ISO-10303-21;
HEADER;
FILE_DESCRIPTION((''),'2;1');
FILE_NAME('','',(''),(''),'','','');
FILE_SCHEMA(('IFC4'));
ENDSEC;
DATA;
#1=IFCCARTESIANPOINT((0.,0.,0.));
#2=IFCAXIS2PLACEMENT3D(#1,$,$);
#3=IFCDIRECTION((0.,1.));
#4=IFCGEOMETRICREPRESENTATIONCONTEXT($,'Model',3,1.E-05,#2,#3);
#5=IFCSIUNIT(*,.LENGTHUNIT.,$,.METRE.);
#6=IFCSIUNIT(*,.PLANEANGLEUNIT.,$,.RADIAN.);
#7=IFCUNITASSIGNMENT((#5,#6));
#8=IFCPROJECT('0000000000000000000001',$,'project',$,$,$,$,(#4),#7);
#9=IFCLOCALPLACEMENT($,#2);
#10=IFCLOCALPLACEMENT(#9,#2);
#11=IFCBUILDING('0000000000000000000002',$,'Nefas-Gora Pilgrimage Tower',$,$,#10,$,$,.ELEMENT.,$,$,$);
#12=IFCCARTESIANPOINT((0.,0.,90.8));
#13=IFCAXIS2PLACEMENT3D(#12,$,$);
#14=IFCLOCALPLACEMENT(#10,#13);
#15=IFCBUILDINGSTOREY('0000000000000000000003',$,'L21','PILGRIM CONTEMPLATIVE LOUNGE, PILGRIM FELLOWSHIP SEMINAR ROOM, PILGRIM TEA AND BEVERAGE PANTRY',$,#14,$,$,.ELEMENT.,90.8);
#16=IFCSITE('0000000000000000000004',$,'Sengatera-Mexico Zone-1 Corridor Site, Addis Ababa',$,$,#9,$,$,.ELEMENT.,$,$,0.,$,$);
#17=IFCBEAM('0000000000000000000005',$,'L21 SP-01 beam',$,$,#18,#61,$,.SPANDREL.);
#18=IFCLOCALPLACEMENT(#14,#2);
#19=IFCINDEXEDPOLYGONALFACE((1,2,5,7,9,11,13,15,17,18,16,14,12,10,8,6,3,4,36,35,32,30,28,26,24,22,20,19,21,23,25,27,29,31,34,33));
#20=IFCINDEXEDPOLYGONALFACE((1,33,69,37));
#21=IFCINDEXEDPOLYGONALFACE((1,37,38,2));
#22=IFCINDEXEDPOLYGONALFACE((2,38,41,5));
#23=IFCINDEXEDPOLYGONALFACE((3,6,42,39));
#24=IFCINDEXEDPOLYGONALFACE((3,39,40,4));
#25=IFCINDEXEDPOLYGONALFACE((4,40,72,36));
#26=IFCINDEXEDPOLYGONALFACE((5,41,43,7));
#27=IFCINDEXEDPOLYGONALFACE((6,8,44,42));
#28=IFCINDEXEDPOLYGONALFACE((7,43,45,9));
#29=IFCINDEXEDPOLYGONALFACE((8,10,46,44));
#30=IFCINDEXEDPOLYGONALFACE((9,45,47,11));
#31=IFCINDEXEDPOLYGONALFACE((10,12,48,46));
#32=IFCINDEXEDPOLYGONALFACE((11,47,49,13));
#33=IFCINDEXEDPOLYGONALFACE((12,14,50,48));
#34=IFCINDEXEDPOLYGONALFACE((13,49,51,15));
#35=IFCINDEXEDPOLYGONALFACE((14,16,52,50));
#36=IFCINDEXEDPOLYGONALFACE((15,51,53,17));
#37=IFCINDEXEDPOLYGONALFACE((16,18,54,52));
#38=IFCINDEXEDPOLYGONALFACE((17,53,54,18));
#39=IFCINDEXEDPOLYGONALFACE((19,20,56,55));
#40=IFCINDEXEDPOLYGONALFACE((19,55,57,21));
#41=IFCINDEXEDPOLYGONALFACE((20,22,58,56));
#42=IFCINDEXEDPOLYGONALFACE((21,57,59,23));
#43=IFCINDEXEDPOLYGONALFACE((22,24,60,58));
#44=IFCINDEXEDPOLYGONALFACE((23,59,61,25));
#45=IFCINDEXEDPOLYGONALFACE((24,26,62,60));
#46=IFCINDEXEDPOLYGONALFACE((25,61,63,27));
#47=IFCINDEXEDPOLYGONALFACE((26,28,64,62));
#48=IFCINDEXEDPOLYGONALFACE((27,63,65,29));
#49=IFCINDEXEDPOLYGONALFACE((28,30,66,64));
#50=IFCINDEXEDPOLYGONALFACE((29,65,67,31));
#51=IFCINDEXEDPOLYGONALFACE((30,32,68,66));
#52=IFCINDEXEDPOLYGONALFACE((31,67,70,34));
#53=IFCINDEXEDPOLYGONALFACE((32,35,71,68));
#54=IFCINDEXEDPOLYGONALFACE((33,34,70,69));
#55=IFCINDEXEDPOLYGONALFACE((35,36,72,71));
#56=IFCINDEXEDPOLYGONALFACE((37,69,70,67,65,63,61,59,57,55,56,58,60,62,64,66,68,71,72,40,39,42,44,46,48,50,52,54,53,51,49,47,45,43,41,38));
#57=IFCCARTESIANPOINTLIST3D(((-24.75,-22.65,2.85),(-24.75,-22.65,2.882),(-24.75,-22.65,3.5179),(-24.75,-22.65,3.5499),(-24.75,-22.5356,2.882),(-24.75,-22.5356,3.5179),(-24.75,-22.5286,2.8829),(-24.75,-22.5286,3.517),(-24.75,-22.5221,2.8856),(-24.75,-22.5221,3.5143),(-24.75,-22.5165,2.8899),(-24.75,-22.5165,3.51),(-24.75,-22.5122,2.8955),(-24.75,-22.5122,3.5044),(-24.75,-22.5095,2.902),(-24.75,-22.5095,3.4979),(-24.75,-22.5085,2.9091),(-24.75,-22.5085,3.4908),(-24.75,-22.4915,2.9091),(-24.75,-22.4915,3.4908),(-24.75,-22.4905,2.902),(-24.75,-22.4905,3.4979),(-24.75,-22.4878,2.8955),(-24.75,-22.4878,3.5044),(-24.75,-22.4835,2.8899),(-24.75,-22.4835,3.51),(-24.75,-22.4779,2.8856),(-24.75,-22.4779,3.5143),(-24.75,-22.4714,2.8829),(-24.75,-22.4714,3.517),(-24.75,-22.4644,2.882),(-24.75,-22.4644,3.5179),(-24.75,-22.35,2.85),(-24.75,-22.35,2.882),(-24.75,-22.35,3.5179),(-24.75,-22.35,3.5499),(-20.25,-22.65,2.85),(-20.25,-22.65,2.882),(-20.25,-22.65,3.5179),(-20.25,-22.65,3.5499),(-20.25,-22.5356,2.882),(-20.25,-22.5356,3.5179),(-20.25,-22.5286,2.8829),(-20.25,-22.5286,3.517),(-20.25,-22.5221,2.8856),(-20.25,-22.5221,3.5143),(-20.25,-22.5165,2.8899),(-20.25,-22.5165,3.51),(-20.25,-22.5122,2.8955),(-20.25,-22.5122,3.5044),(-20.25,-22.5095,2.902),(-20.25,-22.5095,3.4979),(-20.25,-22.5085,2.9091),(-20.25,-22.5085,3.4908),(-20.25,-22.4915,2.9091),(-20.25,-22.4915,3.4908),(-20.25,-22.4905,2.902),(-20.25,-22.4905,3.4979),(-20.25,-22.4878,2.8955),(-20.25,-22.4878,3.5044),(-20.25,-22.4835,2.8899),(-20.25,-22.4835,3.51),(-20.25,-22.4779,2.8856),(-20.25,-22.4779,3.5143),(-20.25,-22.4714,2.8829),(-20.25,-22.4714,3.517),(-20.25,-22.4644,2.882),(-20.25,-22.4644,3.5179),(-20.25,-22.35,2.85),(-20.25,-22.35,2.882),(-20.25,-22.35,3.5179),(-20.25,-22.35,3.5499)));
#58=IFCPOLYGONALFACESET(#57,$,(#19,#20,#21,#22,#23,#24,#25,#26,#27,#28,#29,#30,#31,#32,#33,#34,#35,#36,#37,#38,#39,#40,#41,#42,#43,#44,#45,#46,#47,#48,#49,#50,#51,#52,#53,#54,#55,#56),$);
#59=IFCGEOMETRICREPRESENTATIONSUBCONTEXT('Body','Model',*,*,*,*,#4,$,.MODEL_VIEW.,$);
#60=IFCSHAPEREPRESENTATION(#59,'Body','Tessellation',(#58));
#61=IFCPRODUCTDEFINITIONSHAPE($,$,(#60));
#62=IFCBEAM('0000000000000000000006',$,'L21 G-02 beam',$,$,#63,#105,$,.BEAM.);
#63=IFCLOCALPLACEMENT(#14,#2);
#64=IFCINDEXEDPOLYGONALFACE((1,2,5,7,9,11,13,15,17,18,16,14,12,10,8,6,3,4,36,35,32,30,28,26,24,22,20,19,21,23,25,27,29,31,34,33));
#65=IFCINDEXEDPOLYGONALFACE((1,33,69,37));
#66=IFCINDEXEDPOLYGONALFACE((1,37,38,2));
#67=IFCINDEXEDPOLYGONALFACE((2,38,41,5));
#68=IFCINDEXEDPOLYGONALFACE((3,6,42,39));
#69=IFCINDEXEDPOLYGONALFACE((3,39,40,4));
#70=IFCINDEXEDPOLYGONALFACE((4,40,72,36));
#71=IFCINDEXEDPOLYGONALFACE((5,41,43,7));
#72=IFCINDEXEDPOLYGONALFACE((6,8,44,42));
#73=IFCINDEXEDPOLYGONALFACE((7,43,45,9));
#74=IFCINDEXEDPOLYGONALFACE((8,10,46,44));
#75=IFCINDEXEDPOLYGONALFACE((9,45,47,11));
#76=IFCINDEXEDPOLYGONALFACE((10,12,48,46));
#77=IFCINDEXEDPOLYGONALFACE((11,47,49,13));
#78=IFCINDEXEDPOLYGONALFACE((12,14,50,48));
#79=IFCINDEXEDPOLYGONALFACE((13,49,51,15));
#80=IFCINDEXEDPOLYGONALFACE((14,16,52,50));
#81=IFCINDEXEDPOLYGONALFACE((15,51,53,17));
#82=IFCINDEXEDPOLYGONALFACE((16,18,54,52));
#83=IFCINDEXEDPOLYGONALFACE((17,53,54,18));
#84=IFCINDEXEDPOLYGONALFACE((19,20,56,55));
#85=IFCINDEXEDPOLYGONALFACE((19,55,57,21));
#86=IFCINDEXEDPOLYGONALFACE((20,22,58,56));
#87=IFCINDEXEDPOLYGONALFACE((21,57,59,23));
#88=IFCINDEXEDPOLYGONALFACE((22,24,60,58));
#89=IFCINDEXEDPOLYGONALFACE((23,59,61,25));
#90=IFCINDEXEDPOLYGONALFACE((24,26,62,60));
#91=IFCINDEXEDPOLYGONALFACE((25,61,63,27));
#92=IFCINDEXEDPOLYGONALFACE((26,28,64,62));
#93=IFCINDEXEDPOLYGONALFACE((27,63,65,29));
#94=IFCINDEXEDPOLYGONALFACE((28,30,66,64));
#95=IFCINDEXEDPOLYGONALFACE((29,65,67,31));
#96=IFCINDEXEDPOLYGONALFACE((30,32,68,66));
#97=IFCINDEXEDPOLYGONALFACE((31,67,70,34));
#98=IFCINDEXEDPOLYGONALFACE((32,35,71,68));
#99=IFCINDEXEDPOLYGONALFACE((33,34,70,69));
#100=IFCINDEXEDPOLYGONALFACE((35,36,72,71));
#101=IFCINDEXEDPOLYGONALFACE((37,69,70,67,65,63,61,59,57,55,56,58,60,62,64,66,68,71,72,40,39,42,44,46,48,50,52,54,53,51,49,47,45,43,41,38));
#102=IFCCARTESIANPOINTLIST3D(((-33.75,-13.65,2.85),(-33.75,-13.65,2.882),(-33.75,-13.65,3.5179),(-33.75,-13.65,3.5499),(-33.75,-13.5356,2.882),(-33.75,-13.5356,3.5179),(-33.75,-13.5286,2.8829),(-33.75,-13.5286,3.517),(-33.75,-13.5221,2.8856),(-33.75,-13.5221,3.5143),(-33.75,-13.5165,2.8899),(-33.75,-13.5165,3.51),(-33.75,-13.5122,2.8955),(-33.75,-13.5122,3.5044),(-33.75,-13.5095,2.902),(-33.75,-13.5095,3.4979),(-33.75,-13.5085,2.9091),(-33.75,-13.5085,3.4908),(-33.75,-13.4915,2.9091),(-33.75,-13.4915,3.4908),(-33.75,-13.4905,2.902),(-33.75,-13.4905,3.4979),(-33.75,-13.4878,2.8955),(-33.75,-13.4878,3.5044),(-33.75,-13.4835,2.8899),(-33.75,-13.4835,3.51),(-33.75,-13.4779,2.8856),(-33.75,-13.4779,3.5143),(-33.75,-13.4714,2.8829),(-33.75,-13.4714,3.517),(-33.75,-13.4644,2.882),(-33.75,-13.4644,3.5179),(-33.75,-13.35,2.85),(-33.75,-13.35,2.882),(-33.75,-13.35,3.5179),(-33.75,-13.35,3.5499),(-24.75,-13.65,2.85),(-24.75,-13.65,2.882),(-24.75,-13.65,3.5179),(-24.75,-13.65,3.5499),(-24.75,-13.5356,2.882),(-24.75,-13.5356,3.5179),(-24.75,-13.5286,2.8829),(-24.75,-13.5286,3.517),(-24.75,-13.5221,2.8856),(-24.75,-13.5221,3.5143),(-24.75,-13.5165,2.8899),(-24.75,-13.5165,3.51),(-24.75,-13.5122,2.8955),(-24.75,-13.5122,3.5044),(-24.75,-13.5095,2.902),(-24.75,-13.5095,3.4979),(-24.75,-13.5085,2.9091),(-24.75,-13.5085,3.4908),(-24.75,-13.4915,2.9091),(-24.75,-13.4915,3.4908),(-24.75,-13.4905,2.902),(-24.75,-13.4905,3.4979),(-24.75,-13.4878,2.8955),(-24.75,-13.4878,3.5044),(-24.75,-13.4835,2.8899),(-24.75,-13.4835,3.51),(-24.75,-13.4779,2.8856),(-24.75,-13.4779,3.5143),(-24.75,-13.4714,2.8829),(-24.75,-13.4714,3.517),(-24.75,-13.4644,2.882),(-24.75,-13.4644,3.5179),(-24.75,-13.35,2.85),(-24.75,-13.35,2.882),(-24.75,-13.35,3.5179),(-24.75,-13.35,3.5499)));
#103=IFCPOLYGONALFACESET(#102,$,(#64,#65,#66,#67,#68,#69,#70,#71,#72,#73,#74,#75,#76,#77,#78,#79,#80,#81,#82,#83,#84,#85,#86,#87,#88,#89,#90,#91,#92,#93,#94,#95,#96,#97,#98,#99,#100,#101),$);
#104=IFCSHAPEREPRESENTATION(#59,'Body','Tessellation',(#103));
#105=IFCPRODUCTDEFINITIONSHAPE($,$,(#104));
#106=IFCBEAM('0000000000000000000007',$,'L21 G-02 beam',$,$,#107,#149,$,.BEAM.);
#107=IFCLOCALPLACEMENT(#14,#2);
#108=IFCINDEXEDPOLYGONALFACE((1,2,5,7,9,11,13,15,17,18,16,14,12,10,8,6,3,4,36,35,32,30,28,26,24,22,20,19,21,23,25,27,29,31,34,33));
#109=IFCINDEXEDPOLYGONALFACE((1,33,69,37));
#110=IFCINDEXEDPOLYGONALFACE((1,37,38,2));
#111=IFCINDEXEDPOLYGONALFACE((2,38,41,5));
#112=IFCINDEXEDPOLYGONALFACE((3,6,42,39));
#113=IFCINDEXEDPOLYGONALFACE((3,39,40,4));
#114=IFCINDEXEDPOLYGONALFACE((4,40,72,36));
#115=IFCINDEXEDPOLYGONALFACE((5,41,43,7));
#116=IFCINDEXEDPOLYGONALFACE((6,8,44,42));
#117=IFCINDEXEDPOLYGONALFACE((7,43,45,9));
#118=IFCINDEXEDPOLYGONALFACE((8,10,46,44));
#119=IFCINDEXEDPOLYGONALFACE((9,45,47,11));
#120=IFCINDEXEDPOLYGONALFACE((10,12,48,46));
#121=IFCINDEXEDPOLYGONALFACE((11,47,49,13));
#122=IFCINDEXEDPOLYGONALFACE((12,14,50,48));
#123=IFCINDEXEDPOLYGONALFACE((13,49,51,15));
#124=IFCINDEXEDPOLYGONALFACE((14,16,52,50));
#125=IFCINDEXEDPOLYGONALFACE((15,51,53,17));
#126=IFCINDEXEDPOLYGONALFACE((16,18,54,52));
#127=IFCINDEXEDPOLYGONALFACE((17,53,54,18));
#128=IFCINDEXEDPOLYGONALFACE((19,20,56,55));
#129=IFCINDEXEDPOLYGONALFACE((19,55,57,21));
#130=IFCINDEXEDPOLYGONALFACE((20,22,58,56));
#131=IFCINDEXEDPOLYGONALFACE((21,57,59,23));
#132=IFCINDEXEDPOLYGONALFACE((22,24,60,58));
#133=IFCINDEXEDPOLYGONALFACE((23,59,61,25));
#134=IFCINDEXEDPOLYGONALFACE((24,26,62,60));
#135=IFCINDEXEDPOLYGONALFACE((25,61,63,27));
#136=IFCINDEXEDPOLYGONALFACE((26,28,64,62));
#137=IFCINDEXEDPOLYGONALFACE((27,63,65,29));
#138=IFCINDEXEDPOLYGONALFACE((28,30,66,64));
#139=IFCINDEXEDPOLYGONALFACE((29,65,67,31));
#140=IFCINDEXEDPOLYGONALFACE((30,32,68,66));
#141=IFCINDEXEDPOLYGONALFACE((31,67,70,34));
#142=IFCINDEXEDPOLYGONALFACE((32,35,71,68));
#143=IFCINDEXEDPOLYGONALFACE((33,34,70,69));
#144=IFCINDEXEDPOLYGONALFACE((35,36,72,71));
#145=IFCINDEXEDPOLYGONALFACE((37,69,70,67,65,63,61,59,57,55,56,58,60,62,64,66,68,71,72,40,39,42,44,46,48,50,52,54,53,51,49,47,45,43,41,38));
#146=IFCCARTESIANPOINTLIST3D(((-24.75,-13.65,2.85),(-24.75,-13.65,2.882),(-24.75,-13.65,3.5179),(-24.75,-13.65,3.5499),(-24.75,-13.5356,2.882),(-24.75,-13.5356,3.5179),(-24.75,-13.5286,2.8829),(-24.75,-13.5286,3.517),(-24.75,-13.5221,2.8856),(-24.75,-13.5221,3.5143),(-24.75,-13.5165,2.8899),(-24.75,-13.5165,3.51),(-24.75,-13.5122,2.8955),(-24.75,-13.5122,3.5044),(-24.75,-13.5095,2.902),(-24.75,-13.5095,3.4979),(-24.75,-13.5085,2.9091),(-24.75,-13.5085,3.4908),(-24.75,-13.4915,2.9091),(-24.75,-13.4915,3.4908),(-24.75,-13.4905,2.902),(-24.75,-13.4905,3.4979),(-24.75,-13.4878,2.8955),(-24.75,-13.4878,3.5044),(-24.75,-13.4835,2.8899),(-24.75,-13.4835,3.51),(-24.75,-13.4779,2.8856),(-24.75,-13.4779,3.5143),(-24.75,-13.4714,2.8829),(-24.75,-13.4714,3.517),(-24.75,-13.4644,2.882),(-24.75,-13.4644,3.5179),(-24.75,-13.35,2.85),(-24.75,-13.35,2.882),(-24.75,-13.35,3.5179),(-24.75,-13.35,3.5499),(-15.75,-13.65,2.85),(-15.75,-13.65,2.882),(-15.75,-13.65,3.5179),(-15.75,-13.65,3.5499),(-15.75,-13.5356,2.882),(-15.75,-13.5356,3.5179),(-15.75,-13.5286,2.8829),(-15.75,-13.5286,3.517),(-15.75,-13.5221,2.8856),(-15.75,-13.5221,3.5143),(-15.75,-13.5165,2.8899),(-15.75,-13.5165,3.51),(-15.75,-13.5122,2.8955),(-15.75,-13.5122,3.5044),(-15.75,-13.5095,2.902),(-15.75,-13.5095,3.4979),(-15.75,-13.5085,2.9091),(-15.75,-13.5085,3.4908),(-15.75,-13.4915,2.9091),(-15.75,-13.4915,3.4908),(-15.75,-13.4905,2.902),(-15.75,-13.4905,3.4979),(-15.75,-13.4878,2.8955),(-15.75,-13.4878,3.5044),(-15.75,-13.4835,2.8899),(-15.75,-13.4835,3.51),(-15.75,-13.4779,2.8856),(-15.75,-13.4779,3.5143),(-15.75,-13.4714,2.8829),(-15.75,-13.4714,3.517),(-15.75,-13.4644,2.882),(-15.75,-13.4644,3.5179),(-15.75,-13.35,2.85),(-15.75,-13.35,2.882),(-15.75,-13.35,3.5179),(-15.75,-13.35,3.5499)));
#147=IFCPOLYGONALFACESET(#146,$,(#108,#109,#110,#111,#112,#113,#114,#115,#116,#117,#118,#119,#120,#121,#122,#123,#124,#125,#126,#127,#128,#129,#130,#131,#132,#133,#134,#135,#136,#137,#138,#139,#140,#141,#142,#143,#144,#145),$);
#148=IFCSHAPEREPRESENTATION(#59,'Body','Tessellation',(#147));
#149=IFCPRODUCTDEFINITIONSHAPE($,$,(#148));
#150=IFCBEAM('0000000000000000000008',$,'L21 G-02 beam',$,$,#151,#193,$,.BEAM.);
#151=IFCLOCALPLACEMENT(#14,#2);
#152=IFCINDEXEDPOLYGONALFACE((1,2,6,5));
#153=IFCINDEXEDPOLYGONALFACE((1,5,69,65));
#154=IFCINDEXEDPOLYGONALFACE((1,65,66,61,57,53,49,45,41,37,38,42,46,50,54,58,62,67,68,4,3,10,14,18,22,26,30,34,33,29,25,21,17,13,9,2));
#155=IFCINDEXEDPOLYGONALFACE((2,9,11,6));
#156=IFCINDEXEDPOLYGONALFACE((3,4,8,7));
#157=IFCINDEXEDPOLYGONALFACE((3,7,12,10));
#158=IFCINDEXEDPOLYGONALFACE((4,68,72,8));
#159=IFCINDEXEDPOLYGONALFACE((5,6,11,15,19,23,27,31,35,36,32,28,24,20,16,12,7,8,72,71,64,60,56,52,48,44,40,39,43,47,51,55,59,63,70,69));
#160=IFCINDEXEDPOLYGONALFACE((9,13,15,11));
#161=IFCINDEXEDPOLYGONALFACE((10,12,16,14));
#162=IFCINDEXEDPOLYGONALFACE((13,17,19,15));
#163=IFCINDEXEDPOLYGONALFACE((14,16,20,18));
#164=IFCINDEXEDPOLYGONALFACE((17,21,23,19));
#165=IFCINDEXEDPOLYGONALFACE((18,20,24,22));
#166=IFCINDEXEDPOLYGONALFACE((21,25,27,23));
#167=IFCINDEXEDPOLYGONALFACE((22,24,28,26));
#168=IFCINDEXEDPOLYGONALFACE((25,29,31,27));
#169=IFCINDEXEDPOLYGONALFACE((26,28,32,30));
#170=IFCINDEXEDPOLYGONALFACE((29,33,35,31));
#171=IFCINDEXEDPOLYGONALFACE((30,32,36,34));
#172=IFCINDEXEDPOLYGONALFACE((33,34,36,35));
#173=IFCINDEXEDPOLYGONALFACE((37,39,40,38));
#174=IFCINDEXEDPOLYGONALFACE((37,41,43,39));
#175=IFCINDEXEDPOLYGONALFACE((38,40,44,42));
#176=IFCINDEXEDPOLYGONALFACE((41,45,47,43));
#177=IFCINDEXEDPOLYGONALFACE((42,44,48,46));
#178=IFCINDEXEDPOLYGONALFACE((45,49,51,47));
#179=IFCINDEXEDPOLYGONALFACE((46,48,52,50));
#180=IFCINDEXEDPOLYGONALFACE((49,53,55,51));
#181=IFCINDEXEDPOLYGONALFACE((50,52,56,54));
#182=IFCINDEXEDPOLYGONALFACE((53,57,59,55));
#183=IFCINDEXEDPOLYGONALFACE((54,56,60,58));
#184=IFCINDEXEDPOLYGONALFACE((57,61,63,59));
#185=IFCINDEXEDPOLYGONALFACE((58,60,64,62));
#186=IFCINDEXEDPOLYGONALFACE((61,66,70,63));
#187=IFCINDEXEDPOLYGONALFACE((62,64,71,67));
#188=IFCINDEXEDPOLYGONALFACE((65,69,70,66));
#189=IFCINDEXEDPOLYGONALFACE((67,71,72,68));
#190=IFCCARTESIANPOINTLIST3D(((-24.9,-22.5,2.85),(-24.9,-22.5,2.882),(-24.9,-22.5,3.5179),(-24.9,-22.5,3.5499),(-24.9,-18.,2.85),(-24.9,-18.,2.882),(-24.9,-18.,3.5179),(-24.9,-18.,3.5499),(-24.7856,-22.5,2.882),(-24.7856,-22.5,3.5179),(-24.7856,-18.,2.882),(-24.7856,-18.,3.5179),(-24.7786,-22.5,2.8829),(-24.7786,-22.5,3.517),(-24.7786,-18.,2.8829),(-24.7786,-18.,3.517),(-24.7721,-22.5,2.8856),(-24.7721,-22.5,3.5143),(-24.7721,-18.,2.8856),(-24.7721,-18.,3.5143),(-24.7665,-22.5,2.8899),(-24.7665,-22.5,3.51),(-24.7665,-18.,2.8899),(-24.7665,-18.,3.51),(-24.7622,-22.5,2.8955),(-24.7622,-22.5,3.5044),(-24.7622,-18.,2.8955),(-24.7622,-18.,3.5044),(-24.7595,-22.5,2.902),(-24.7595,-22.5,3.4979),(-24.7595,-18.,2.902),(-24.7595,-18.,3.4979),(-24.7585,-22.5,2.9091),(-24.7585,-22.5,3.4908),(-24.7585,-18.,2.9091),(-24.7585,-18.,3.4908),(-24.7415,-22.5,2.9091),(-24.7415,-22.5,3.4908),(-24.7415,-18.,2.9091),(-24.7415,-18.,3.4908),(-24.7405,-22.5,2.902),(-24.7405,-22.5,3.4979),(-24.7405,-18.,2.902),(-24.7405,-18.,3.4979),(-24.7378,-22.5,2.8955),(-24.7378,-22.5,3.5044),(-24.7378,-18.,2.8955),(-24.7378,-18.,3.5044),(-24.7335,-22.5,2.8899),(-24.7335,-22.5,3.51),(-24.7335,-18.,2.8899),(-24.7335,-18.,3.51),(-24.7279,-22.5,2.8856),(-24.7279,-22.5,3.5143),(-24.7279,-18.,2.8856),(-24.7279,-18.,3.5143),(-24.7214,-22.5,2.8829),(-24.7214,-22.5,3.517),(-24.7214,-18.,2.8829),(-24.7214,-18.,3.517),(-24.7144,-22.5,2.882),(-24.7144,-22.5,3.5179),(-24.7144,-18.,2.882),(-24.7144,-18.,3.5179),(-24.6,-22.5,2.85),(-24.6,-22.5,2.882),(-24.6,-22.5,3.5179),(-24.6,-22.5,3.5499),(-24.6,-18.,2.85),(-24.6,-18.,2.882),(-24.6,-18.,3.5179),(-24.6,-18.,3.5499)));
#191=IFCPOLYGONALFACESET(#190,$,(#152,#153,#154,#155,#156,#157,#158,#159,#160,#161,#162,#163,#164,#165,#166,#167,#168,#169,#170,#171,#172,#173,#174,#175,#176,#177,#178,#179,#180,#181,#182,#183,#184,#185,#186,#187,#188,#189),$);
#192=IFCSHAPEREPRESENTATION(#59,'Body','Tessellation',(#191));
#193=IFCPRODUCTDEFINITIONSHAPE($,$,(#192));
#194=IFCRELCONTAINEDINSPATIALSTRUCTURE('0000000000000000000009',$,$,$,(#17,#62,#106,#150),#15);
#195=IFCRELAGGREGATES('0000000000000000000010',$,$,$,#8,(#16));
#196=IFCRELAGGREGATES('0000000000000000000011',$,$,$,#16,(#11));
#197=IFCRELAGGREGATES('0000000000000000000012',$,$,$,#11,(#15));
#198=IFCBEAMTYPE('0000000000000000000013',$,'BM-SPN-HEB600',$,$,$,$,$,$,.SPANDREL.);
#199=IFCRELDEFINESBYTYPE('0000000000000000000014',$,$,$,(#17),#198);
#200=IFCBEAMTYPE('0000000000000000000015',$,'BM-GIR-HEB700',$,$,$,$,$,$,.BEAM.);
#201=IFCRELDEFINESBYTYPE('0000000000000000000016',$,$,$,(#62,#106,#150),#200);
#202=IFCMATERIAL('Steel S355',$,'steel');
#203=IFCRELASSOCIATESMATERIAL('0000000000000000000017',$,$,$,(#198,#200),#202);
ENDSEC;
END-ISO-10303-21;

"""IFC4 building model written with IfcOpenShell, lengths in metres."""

from ifc_helpers import new_model, si_unit, direction, frame, origin, origin_2d, place, context, subcontext, project, spatial, i_section, extrude, source, transform, mapped, material, material_profile, profile_set, type_object, element, save


model = new_model("IFC4")

# Units and contexts
model_context = context("Model", 3, precision=1e-05, world=origin(), true_north=direction((0.0, 1.0)))
body_context = subcontext(model_context, "Body", "Model", "MODEL_VIEW")
ifc_project = project(units=[si_unit("LENGTHUNIT", "METRE"), si_unit("PLANEANGLEUNIT", "RADIAN")], contexts=[model_context])

# Site, building, storey
site_placement = place(None, origin())
site = spatial("IfcSite", under=ifc_project, at=site_placement, Name="Sengatera-Mexico Zone-1 Corridor Site, Addis Ababa", CompositionType="ELEMENT", RefElevation=0.0)
building_placement = place(site_placement, origin())
building = spatial("IfcBuilding", under=site, at=building_placement, Name="Nefas-Gora Pilgrimage Tower", CompositionType="ELEMENT")
storey_placement = place(building_placement, frame((0.0, 0.0, 90.8)))
storey = spatial("IfcBuildingStorey", under=building, at=storey_placement, Name="L21", Description="PILGRIM CONTEMPLATIVE LOUNGE, PILGRIM FELLOWSHIP SEMINAR ROOM, PILGRIM TEA AND BEVERAGE PANTRY", CompositionType="ELEMENT", Elevation=90.8)

# Beams
ifc_material_1 = material(Name="Steel S355", Category="steel")
ifc_material_profile_1 = material_profile(ifc_material_1, i_section(OverallWidth=0.3, OverallDepth=0.7, WebThickness=0.0171, FlangeThickness=0.032, FilletRadius=0.0271, at=origin_2d()), Name="HEB 700")
ifc_profile_set_1 = profile_set([ifc_material_profile_1], Name="Steel S355")
beam_type_1 = type_object("IfcBeamType", Name="BM-SPN-HEB600", PredefinedType="SPANDREL", material=ifc_profile_set_1)
shared_shape_1 = source(origin(), body_context, "Body", "SweptSolid", [
    extrude(i_section(OverallWidth=0.3, OverallDepth=0.7, WebThickness=0.0171, FlangeThickness=0.032, FilletRadius=0.0271, at=origin_2d()), origin(), (0.0, 0.0, 1.0), 4.5),
])
for number, where, z_axis, x_axis, name in (
    (1, (-24.75, -22.5, 3.2), (1.0, 0.0, 0.0), (0.0, 1.0, 0.0), "L21 SP-01 beam"),
):
    element("IfcBeam", number, at=place(storey_placement, frame(where, z_axis=z_axis, x_axis=x_axis)), inside=storey, type_object=beam_type_1, Name=name, PredefinedType="SPANDREL", context=body_context, shape_type="MappedRepresentation", body=[
        mapped(shared_shape_1, transform((0.0, 0.0, 0.0), x_axis=(1.0, 0.0, 0.0), y_axis=(0.0, 1.0, 0.0), z_axis=(0.0, 0.0, 1.0), scale=1.0)),
    ])
ifc_material_profile_2 = material_profile(ifc_material_1, i_section(OverallWidth=0.3, OverallDepth=0.7, WebThickness=0.0171, FlangeThickness=0.032, FilletRadius=0.0271, at=origin_2d()), Name="HEB 700")
ifc_profile_set_2 = profile_set([ifc_material_profile_2], Name="Steel S355")
beam_type_2 = type_object("IfcBeamType", Name="BM-GIR-HEB700", PredefinedType="BEAM", material=ifc_profile_set_2)
shared_shape_2 = source(origin(), body_context, "Body", "SweptSolid", [
    extrude(i_section(OverallWidth=0.3, OverallDepth=0.7, WebThickness=0.0171, FlangeThickness=0.032, FilletRadius=0.0271, at=origin_2d()), origin(), (0.0, 0.0, 1.0), 9.0),
])
for number, where, z_axis, x_axis, name in (
    (2, (-33.75, -13.5, 3.2), (1.0, 0.0, 0.0), (0.0, 1.0, 0.0), "L21 G-02 beam"),
    (3, (-24.75, -13.5, 3.2), (1.0, 0.0, 0.0), (0.0, 1.0, 0.0), "L21 G-02 beam"),
):
    element("IfcBeam", number, at=place(storey_placement, frame(where, z_axis=z_axis, x_axis=x_axis)), inside=storey, type_object=beam_type_2, Name=name, PredefinedType="BEAM", context=body_context, shape_type="MappedRepresentation", body=[
        mapped(shared_shape_2, transform((0.0, 0.0, 0.0), x_axis=(1.0, 0.0, 0.0), y_axis=(0.0, 1.0, 0.0), z_axis=(0.0, 0.0, 1.0), scale=1.0)),
    ])
shared_shape_3 = source(origin(), body_context, "Body", "SweptSolid", [
    extrude(i_section(OverallWidth=0.3, OverallDepth=0.7, WebThickness=0.0171, FlangeThickness=0.032, FilletRadius=0.0271, at=origin_2d()), origin(), (0.0, 0.0, 1.0), 4.5),
])
for number, where, z_axis, x_axis, name in (
    (4, (-24.75, -22.5, 3.2), (0.0, 1.0, 0.0), (-1.0, 0.0, 0.0), "L21 G-02 beam"),
):
    element("IfcBeam", number, at=place(storey_placement, frame(where, z_axis=z_axis, x_axis=x_axis)), inside=storey, type_object=beam_type_2, Name=name, PredefinedType="BEAM", context=body_context, shape_type="MappedRepresentation", body=[
        mapped(shared_shape_3, transform((0.0, 0.0, 0.0), x_axis=(1.0, 0.0, 0.0), y_axis=(0.0, 1.0, 0.0), z_axis=(0.0, 0.0, 1.0), scale=1.0)),
    ])

save(model, "model.ifc")
